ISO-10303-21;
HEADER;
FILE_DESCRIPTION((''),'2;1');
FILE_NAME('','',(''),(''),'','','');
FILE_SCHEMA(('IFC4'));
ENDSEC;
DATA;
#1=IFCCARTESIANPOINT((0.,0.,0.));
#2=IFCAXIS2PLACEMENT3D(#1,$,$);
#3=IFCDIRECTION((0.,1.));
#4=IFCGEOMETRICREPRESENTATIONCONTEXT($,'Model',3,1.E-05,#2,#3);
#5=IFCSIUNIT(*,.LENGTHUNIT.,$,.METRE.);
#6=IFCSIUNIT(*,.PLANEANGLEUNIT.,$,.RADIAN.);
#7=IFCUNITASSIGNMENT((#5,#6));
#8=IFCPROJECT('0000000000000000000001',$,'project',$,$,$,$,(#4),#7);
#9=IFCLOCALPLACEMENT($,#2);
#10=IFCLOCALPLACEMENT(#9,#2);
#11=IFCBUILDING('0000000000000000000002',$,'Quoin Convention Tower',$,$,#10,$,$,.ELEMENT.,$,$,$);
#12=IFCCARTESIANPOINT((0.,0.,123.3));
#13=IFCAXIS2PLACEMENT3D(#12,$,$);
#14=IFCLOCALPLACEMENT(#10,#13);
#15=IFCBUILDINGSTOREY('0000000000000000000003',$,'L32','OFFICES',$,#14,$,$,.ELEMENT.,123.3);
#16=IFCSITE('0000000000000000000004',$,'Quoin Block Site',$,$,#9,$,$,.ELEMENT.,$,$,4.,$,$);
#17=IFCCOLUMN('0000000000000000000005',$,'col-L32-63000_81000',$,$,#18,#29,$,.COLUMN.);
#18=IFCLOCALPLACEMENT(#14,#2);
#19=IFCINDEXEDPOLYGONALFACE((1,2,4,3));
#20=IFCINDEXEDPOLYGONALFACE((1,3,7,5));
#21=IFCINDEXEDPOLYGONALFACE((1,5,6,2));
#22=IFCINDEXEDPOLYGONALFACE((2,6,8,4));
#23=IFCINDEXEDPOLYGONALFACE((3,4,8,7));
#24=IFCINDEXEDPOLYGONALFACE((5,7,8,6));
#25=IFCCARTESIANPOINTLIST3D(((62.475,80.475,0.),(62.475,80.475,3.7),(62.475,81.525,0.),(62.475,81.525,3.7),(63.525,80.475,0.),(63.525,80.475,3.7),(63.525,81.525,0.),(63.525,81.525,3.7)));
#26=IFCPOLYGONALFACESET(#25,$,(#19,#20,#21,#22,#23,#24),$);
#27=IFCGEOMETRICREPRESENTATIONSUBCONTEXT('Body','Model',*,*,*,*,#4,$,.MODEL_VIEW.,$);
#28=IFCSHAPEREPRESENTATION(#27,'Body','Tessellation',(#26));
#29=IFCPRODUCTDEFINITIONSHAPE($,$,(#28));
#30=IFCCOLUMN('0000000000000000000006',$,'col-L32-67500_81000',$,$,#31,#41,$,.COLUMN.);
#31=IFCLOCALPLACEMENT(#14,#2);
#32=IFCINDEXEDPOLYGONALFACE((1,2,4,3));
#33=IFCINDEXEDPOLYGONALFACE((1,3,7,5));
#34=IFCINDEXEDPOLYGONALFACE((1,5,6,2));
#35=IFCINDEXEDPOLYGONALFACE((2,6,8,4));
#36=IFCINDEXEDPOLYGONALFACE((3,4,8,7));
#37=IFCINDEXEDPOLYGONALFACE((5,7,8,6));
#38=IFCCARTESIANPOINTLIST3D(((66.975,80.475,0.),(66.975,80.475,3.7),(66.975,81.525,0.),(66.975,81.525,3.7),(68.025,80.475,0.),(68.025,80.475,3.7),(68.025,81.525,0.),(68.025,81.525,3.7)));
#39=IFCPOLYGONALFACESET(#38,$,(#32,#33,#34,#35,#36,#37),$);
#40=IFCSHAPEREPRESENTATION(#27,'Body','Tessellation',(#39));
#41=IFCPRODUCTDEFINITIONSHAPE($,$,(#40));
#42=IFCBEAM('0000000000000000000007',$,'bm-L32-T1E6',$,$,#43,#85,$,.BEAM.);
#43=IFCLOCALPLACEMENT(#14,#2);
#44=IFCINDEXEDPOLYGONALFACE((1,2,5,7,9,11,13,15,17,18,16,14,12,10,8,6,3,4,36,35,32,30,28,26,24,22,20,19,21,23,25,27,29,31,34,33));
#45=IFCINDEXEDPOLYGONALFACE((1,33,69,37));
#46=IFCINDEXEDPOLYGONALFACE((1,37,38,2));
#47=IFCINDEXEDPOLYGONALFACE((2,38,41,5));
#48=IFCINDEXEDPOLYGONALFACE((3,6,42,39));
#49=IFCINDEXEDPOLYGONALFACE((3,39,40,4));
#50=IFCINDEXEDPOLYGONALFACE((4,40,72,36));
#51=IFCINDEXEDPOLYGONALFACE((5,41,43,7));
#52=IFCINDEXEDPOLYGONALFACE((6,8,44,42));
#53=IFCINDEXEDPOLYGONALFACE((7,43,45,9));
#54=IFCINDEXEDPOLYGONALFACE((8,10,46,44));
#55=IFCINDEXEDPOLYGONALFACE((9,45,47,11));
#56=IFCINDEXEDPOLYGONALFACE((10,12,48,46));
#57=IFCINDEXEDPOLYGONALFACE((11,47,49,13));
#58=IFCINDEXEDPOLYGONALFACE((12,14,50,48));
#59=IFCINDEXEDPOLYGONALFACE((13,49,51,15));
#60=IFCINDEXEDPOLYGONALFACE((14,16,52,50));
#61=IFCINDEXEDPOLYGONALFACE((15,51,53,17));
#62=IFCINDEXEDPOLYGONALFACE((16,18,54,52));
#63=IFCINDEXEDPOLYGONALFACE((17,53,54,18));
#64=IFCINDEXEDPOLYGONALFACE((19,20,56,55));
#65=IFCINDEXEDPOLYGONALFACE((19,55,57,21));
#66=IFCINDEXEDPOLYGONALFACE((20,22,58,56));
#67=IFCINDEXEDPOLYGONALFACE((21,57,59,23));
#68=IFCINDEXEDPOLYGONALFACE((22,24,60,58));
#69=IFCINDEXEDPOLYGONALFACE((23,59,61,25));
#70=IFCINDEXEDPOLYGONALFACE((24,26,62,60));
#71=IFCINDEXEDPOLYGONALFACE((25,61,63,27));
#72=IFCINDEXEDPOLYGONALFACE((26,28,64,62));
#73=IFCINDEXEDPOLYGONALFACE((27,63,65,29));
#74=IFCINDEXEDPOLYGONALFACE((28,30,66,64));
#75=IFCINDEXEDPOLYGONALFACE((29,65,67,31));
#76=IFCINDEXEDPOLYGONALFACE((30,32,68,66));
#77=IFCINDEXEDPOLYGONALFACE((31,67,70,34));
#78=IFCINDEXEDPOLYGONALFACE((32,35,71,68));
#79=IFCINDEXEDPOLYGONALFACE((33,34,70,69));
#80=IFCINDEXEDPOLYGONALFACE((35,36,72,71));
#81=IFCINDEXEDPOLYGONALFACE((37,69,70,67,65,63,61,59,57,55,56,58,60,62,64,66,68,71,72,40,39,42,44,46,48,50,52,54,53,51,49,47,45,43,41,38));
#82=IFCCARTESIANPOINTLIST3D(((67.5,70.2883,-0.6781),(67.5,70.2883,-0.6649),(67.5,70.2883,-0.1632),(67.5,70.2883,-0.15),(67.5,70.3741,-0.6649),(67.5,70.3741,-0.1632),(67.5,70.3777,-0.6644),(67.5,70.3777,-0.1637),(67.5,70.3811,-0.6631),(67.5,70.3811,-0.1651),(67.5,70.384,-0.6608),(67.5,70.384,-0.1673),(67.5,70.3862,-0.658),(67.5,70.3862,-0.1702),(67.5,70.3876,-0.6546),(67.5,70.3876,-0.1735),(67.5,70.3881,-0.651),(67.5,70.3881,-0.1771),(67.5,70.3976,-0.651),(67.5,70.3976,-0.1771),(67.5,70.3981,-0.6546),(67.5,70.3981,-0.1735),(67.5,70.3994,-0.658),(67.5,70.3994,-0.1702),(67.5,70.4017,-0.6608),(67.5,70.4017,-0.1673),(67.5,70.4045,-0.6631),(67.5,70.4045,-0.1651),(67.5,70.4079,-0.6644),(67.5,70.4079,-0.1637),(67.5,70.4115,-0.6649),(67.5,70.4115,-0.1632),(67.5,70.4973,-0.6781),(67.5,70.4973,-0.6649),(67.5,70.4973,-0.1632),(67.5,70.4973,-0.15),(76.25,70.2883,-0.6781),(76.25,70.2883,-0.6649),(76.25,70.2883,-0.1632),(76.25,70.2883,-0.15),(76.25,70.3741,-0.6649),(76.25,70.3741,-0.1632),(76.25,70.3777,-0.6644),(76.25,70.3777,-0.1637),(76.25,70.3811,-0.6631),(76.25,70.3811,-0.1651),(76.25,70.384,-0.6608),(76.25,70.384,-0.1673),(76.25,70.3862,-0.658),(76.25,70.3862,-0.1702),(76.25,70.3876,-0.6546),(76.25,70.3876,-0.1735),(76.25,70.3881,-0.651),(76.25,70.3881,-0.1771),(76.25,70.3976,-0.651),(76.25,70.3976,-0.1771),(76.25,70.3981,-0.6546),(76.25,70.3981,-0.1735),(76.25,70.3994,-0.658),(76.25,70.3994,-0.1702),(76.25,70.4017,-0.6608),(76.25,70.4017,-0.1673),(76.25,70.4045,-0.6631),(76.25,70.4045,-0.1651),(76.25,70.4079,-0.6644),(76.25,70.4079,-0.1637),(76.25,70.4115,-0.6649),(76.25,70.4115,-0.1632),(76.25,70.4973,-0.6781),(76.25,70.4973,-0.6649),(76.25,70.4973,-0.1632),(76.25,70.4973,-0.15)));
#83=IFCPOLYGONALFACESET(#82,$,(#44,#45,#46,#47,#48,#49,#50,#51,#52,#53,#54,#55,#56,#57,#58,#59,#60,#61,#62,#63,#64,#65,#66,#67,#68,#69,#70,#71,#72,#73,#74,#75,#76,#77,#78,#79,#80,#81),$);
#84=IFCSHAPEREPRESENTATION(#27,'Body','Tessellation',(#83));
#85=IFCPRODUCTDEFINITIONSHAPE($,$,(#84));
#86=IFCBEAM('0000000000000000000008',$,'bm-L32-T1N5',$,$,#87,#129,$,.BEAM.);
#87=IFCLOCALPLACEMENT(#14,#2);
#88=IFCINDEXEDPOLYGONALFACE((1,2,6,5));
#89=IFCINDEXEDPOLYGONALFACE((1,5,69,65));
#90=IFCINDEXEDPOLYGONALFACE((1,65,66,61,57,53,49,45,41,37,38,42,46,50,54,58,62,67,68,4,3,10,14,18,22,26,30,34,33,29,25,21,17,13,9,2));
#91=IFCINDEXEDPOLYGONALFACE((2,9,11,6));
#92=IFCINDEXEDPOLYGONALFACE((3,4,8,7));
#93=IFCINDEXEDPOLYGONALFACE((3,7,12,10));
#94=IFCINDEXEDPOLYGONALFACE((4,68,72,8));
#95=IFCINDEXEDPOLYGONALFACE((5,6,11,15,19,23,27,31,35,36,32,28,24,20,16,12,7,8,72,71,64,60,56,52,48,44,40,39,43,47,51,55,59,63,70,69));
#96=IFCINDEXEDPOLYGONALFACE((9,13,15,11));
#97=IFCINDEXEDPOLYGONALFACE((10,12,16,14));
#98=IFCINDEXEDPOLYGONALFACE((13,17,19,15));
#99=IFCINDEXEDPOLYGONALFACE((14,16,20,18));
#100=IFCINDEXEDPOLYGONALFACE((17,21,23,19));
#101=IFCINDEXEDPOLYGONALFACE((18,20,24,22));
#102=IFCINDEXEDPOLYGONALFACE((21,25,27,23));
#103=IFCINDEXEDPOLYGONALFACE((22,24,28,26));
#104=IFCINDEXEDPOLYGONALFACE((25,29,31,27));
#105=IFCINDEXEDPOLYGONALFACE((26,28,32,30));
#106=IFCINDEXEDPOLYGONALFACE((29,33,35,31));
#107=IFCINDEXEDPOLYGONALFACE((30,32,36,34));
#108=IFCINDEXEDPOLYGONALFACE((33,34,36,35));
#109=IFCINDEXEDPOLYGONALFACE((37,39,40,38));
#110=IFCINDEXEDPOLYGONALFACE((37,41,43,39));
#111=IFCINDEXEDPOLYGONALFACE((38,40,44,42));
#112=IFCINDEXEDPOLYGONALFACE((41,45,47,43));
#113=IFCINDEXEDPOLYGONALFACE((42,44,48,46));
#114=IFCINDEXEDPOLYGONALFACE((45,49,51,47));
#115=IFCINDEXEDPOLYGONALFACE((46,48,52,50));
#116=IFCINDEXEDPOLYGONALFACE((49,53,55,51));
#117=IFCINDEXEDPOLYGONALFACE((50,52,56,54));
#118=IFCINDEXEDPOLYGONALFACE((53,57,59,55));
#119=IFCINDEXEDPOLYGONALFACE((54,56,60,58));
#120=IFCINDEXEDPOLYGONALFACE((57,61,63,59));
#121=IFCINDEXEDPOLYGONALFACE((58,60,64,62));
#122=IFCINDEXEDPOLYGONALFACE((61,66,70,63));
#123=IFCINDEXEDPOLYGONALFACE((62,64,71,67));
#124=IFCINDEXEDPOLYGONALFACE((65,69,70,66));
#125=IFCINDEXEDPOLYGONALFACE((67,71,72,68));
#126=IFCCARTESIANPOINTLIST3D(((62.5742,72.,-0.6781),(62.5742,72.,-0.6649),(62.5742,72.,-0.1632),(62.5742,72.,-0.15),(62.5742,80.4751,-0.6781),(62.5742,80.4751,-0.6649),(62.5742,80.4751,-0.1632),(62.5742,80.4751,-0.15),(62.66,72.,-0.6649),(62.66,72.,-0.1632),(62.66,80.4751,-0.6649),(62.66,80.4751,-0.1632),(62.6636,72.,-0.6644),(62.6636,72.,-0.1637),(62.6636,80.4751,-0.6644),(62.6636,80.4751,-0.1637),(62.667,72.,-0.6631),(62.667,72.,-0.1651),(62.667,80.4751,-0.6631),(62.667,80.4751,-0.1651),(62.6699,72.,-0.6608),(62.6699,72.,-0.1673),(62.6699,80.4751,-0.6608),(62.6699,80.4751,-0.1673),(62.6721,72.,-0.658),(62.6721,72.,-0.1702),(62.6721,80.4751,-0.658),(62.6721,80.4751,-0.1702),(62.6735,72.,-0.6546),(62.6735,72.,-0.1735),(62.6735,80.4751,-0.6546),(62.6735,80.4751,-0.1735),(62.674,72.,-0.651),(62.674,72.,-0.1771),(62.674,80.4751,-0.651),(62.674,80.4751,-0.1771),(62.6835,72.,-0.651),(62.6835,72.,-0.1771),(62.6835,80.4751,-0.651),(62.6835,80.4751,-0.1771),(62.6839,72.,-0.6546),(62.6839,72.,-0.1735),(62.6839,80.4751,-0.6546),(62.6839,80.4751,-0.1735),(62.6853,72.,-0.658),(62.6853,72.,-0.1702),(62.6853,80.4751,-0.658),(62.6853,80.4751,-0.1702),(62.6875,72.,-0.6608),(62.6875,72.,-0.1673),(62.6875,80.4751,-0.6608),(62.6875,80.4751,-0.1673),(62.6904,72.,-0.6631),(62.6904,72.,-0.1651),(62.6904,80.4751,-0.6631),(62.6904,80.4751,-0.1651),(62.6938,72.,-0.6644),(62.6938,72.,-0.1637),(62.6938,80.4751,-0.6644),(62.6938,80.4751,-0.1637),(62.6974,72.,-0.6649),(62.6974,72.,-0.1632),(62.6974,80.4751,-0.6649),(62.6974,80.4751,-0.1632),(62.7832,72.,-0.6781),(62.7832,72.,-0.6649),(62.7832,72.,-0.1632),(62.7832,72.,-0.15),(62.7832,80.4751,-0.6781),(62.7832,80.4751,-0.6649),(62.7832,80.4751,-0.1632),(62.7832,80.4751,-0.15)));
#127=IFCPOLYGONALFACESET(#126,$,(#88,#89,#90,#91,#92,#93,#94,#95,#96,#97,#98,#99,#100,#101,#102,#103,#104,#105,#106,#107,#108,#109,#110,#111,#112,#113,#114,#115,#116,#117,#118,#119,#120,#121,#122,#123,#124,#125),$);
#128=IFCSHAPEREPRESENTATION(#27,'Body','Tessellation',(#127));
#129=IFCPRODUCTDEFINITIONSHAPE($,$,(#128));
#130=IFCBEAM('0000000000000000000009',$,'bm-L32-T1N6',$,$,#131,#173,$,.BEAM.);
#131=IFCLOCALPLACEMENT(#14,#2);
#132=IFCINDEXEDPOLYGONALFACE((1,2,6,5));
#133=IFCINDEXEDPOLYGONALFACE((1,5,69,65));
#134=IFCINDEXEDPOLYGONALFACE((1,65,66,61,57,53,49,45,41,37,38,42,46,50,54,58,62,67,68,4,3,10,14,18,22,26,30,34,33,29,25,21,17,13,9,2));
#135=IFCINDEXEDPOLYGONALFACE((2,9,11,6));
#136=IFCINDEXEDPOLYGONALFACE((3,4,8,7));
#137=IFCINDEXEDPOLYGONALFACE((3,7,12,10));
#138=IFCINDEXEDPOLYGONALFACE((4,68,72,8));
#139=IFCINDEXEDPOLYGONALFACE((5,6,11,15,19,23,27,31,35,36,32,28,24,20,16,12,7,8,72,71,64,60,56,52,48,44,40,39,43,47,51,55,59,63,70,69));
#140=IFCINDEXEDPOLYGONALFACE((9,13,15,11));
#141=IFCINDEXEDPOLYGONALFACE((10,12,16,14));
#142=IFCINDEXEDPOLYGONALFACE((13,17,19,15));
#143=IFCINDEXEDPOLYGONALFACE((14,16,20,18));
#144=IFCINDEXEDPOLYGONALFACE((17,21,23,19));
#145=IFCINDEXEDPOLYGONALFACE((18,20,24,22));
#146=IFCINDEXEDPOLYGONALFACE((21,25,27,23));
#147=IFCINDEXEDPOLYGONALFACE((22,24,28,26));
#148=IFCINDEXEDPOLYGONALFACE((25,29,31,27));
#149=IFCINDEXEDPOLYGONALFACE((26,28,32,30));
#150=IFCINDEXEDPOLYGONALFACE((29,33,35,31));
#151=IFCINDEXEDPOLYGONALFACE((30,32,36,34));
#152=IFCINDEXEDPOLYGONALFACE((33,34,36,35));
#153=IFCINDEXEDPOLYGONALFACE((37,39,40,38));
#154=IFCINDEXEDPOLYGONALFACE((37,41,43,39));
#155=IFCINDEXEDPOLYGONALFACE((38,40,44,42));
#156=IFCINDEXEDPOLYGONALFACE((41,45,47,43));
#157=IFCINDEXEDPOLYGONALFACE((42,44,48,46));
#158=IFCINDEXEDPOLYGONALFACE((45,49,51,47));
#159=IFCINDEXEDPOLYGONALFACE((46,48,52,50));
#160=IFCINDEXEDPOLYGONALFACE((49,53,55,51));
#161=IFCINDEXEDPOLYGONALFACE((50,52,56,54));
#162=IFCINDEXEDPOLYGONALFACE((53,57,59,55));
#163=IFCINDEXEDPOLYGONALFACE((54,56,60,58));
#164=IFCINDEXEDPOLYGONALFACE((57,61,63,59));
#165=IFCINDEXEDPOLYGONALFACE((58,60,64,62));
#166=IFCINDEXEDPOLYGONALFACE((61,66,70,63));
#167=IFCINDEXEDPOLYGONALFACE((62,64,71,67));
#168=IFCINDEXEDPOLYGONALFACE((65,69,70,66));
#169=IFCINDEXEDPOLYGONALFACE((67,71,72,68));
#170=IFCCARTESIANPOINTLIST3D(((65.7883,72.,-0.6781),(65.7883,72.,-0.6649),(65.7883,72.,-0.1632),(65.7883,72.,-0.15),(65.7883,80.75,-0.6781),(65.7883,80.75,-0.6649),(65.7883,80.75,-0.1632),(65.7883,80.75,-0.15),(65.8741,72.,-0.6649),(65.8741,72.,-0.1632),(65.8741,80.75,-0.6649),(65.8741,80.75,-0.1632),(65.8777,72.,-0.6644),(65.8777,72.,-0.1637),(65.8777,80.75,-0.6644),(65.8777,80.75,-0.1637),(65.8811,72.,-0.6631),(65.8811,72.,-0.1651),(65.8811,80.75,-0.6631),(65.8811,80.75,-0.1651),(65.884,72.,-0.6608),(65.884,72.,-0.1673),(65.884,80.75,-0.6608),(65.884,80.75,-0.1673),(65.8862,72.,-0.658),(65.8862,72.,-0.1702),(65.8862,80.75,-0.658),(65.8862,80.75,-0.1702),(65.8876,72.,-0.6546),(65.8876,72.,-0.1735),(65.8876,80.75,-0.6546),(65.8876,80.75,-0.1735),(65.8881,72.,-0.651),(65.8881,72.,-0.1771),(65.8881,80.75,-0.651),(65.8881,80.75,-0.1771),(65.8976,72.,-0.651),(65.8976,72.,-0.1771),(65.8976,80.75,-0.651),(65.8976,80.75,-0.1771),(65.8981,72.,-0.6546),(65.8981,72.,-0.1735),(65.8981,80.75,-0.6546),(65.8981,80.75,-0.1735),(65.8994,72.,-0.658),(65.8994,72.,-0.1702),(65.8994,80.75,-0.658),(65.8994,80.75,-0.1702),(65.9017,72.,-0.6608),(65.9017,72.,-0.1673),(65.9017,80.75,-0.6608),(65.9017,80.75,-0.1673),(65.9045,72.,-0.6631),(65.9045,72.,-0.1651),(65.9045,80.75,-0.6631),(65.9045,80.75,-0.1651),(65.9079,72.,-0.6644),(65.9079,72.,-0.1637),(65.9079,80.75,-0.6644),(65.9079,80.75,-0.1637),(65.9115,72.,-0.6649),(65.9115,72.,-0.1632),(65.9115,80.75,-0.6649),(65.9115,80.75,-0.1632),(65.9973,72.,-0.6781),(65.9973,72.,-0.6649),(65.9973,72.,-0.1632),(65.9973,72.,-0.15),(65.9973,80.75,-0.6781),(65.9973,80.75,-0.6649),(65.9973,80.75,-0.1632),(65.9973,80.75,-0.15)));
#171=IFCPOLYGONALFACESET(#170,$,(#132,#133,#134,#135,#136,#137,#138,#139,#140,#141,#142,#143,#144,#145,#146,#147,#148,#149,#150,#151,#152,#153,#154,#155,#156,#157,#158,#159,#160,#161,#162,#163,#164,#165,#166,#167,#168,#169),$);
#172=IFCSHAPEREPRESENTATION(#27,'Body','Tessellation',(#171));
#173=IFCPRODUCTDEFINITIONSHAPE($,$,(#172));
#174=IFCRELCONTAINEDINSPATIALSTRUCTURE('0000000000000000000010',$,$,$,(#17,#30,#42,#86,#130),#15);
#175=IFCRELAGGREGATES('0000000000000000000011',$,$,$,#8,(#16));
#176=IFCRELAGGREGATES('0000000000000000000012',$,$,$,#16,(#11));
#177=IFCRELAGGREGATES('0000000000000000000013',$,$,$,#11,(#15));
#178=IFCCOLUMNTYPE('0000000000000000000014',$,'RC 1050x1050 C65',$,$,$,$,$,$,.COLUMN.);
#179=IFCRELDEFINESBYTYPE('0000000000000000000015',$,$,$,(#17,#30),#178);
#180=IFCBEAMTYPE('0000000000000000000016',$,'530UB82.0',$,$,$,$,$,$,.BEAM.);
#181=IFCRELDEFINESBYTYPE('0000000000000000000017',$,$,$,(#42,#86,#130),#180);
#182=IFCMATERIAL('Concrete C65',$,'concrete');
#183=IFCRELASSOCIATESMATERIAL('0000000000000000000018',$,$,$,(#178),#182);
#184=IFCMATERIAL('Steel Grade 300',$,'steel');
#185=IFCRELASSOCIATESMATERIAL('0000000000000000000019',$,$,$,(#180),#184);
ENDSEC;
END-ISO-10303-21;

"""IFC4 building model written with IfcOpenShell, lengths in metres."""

from ifc_helpers import new_model, si_unit, direction, frame, origin, origin_2d, place, context, subcontext, project, spatial, rectangle, i_section, extrude, material, material_profile, profile_set, type_object, element, save


model = new_model("IFC4")

# Units and contexts
model_context = context("Model", 3, precision=1e-05, world=origin(), true_north=direction((0.0, 1.0)))
body_context = subcontext(model_context, "Body", "Model", "MODEL_VIEW")
ifc_project = project(units=[si_unit("LENGTHUNIT", "METRE"), si_unit("PLANEANGLEUNIT", "RADIAN")], contexts=[model_context])

# Site, building, storey
site_placement = place(None, origin())
site = spatial("IfcSite", under=ifc_project, at=site_placement, Name="Quoin Block Site", CompositionType="ELEMENT", RefElevation=4.0)
building_placement = place(site_placement, origin())
building = spatial("IfcBuilding", under=site, at=building_placement, Name="Quoin Convention Tower", CompositionType="ELEMENT")
storey_placement = place(building_placement, frame((0.0, 0.0, 123.3)))
storey = spatial("IfcBuildingStorey", under=building, at=storey_placement, Name="L32", Description="OFFICES", CompositionType="ELEMENT", Elevation=123.3)

# Columns
ifc_material_1 = material(Name="Concrete C65", Category="concrete")
ifc_material_profile_1 = material_profile(ifc_material_1, rectangle(XDim=1.05, YDim=1.05, at=origin_2d()), Name="RC 1050x1050")
ifc_profile_set_1 = profile_set([ifc_material_profile_1], Name="Concrete C65")
column_type = type_object("IfcColumnType", Name="RC 1050x1050 C65", PredefinedType="COLUMN", material=ifc_profile_set_1)
for number, where, z_axis, x_axis, name in (
    (1, (63.0, 81.0, 0.0), (0.0, 0.0, 1.0), (1.0, 0.0, 0.0), "col-L32-63000_81000"),
    (2, (67.5, 81.0, 0.0), (0.0, 0.0, 1.0), (1.0, 0.0, 0.0), "col-L32-67500_81000"),
):
    element("IfcColumn", number, at=place(storey_placement, frame(where, z_axis=z_axis, x_axis=x_axis)), inside=storey, type_object=column_type, Name=name, PredefinedType="COLUMN", context=body_context, shape_type="SweptSolid", body=[
        extrude(rectangle(XDim=1.05, YDim=1.05, at=origin_2d()), origin(), (0.0, 0.0, 1.0), 3.7),
    ])

# Beams
ifc_material_2 = material(Name="Steel Grade 300", Category="steel")
ifc_material_profile_2 = material_profile(ifc_material_2, i_section(OverallWidth=0.209, OverallDepth=0.5281, WebThickness=0.0095, FlangeThickness=0.0132, FilletRadius=0.0139, at=origin_2d()), Name="530UB82.0")
ifc_profile_set_2 = profile_set([ifc_material_profile_2], Name="Steel Grade 300")
beam_type_1 = type_object("IfcBeamType", Name="530UB82.0", PredefinedType="BEAM", material=ifc_profile_set_2)
beam_1_placement = place(storey_placement, frame((67.5, 70.3928, -0.4141), z_axis=(1.0, 0.0, 0.0), x_axis=(0.0, 1.0, 0.0)))
element("IfcBeam", 3, at=beam_1_placement, inside=storey, type_object=beam_type_1, Name="bm-L32-T1E6", PredefinedType="BEAM", context=body_context, shape_type="SweptSolid", body=[
    extrude(i_section(OverallWidth=0.209, OverallDepth=0.5281, WebThickness=0.0095, FlangeThickness=0.0132, FilletRadius=0.0139, at=origin_2d()), origin(), (0.0, 0.0, 1.0), 8.75),
])
beam_2_placement = place(storey_placement, frame((62.6787, 72.0, -0.4141), z_axis=(0.0, 1.0, 0.0), x_axis=(-1.0, 0.0, 0.0)))
element("IfcBeam", 4, at=beam_2_placement, inside=storey, type_object=beam_type_1, Name="bm-L32-T1N5", PredefinedType="BEAM", context=body_context, shape_type="SweptSolid", body=[
    extrude(i_section(OverallWidth=0.209, OverallDepth=0.5281, WebThickness=0.0095, FlangeThickness=0.0132, FilletRadius=0.0139, at=origin_2d()), origin(), (0.0, 0.0, 1.0), 8.4751),
])
beam_3_placement = place(storey_placement, frame((65.8928, 72.0, -0.4141), z_axis=(0.0, 1.0, 0.0), x_axis=(-1.0, 0.0, 0.0)))
element("IfcBeam", 5, at=beam_3_placement, inside=storey, type_object=beam_type_1, Name="bm-L32-T1N6", PredefinedType="BEAM", context=body_context, shape_type="SweptSolid", body=[
    extrude(i_section(OverallWidth=0.209, OverallDepth=0.5281, WebThickness=0.0095, FlangeThickness=0.0132, FilletRadius=0.0139, at=origin_2d()), origin(), (0.0, 0.0, 1.0), 8.75),
])

save(model, "model.ifc")
